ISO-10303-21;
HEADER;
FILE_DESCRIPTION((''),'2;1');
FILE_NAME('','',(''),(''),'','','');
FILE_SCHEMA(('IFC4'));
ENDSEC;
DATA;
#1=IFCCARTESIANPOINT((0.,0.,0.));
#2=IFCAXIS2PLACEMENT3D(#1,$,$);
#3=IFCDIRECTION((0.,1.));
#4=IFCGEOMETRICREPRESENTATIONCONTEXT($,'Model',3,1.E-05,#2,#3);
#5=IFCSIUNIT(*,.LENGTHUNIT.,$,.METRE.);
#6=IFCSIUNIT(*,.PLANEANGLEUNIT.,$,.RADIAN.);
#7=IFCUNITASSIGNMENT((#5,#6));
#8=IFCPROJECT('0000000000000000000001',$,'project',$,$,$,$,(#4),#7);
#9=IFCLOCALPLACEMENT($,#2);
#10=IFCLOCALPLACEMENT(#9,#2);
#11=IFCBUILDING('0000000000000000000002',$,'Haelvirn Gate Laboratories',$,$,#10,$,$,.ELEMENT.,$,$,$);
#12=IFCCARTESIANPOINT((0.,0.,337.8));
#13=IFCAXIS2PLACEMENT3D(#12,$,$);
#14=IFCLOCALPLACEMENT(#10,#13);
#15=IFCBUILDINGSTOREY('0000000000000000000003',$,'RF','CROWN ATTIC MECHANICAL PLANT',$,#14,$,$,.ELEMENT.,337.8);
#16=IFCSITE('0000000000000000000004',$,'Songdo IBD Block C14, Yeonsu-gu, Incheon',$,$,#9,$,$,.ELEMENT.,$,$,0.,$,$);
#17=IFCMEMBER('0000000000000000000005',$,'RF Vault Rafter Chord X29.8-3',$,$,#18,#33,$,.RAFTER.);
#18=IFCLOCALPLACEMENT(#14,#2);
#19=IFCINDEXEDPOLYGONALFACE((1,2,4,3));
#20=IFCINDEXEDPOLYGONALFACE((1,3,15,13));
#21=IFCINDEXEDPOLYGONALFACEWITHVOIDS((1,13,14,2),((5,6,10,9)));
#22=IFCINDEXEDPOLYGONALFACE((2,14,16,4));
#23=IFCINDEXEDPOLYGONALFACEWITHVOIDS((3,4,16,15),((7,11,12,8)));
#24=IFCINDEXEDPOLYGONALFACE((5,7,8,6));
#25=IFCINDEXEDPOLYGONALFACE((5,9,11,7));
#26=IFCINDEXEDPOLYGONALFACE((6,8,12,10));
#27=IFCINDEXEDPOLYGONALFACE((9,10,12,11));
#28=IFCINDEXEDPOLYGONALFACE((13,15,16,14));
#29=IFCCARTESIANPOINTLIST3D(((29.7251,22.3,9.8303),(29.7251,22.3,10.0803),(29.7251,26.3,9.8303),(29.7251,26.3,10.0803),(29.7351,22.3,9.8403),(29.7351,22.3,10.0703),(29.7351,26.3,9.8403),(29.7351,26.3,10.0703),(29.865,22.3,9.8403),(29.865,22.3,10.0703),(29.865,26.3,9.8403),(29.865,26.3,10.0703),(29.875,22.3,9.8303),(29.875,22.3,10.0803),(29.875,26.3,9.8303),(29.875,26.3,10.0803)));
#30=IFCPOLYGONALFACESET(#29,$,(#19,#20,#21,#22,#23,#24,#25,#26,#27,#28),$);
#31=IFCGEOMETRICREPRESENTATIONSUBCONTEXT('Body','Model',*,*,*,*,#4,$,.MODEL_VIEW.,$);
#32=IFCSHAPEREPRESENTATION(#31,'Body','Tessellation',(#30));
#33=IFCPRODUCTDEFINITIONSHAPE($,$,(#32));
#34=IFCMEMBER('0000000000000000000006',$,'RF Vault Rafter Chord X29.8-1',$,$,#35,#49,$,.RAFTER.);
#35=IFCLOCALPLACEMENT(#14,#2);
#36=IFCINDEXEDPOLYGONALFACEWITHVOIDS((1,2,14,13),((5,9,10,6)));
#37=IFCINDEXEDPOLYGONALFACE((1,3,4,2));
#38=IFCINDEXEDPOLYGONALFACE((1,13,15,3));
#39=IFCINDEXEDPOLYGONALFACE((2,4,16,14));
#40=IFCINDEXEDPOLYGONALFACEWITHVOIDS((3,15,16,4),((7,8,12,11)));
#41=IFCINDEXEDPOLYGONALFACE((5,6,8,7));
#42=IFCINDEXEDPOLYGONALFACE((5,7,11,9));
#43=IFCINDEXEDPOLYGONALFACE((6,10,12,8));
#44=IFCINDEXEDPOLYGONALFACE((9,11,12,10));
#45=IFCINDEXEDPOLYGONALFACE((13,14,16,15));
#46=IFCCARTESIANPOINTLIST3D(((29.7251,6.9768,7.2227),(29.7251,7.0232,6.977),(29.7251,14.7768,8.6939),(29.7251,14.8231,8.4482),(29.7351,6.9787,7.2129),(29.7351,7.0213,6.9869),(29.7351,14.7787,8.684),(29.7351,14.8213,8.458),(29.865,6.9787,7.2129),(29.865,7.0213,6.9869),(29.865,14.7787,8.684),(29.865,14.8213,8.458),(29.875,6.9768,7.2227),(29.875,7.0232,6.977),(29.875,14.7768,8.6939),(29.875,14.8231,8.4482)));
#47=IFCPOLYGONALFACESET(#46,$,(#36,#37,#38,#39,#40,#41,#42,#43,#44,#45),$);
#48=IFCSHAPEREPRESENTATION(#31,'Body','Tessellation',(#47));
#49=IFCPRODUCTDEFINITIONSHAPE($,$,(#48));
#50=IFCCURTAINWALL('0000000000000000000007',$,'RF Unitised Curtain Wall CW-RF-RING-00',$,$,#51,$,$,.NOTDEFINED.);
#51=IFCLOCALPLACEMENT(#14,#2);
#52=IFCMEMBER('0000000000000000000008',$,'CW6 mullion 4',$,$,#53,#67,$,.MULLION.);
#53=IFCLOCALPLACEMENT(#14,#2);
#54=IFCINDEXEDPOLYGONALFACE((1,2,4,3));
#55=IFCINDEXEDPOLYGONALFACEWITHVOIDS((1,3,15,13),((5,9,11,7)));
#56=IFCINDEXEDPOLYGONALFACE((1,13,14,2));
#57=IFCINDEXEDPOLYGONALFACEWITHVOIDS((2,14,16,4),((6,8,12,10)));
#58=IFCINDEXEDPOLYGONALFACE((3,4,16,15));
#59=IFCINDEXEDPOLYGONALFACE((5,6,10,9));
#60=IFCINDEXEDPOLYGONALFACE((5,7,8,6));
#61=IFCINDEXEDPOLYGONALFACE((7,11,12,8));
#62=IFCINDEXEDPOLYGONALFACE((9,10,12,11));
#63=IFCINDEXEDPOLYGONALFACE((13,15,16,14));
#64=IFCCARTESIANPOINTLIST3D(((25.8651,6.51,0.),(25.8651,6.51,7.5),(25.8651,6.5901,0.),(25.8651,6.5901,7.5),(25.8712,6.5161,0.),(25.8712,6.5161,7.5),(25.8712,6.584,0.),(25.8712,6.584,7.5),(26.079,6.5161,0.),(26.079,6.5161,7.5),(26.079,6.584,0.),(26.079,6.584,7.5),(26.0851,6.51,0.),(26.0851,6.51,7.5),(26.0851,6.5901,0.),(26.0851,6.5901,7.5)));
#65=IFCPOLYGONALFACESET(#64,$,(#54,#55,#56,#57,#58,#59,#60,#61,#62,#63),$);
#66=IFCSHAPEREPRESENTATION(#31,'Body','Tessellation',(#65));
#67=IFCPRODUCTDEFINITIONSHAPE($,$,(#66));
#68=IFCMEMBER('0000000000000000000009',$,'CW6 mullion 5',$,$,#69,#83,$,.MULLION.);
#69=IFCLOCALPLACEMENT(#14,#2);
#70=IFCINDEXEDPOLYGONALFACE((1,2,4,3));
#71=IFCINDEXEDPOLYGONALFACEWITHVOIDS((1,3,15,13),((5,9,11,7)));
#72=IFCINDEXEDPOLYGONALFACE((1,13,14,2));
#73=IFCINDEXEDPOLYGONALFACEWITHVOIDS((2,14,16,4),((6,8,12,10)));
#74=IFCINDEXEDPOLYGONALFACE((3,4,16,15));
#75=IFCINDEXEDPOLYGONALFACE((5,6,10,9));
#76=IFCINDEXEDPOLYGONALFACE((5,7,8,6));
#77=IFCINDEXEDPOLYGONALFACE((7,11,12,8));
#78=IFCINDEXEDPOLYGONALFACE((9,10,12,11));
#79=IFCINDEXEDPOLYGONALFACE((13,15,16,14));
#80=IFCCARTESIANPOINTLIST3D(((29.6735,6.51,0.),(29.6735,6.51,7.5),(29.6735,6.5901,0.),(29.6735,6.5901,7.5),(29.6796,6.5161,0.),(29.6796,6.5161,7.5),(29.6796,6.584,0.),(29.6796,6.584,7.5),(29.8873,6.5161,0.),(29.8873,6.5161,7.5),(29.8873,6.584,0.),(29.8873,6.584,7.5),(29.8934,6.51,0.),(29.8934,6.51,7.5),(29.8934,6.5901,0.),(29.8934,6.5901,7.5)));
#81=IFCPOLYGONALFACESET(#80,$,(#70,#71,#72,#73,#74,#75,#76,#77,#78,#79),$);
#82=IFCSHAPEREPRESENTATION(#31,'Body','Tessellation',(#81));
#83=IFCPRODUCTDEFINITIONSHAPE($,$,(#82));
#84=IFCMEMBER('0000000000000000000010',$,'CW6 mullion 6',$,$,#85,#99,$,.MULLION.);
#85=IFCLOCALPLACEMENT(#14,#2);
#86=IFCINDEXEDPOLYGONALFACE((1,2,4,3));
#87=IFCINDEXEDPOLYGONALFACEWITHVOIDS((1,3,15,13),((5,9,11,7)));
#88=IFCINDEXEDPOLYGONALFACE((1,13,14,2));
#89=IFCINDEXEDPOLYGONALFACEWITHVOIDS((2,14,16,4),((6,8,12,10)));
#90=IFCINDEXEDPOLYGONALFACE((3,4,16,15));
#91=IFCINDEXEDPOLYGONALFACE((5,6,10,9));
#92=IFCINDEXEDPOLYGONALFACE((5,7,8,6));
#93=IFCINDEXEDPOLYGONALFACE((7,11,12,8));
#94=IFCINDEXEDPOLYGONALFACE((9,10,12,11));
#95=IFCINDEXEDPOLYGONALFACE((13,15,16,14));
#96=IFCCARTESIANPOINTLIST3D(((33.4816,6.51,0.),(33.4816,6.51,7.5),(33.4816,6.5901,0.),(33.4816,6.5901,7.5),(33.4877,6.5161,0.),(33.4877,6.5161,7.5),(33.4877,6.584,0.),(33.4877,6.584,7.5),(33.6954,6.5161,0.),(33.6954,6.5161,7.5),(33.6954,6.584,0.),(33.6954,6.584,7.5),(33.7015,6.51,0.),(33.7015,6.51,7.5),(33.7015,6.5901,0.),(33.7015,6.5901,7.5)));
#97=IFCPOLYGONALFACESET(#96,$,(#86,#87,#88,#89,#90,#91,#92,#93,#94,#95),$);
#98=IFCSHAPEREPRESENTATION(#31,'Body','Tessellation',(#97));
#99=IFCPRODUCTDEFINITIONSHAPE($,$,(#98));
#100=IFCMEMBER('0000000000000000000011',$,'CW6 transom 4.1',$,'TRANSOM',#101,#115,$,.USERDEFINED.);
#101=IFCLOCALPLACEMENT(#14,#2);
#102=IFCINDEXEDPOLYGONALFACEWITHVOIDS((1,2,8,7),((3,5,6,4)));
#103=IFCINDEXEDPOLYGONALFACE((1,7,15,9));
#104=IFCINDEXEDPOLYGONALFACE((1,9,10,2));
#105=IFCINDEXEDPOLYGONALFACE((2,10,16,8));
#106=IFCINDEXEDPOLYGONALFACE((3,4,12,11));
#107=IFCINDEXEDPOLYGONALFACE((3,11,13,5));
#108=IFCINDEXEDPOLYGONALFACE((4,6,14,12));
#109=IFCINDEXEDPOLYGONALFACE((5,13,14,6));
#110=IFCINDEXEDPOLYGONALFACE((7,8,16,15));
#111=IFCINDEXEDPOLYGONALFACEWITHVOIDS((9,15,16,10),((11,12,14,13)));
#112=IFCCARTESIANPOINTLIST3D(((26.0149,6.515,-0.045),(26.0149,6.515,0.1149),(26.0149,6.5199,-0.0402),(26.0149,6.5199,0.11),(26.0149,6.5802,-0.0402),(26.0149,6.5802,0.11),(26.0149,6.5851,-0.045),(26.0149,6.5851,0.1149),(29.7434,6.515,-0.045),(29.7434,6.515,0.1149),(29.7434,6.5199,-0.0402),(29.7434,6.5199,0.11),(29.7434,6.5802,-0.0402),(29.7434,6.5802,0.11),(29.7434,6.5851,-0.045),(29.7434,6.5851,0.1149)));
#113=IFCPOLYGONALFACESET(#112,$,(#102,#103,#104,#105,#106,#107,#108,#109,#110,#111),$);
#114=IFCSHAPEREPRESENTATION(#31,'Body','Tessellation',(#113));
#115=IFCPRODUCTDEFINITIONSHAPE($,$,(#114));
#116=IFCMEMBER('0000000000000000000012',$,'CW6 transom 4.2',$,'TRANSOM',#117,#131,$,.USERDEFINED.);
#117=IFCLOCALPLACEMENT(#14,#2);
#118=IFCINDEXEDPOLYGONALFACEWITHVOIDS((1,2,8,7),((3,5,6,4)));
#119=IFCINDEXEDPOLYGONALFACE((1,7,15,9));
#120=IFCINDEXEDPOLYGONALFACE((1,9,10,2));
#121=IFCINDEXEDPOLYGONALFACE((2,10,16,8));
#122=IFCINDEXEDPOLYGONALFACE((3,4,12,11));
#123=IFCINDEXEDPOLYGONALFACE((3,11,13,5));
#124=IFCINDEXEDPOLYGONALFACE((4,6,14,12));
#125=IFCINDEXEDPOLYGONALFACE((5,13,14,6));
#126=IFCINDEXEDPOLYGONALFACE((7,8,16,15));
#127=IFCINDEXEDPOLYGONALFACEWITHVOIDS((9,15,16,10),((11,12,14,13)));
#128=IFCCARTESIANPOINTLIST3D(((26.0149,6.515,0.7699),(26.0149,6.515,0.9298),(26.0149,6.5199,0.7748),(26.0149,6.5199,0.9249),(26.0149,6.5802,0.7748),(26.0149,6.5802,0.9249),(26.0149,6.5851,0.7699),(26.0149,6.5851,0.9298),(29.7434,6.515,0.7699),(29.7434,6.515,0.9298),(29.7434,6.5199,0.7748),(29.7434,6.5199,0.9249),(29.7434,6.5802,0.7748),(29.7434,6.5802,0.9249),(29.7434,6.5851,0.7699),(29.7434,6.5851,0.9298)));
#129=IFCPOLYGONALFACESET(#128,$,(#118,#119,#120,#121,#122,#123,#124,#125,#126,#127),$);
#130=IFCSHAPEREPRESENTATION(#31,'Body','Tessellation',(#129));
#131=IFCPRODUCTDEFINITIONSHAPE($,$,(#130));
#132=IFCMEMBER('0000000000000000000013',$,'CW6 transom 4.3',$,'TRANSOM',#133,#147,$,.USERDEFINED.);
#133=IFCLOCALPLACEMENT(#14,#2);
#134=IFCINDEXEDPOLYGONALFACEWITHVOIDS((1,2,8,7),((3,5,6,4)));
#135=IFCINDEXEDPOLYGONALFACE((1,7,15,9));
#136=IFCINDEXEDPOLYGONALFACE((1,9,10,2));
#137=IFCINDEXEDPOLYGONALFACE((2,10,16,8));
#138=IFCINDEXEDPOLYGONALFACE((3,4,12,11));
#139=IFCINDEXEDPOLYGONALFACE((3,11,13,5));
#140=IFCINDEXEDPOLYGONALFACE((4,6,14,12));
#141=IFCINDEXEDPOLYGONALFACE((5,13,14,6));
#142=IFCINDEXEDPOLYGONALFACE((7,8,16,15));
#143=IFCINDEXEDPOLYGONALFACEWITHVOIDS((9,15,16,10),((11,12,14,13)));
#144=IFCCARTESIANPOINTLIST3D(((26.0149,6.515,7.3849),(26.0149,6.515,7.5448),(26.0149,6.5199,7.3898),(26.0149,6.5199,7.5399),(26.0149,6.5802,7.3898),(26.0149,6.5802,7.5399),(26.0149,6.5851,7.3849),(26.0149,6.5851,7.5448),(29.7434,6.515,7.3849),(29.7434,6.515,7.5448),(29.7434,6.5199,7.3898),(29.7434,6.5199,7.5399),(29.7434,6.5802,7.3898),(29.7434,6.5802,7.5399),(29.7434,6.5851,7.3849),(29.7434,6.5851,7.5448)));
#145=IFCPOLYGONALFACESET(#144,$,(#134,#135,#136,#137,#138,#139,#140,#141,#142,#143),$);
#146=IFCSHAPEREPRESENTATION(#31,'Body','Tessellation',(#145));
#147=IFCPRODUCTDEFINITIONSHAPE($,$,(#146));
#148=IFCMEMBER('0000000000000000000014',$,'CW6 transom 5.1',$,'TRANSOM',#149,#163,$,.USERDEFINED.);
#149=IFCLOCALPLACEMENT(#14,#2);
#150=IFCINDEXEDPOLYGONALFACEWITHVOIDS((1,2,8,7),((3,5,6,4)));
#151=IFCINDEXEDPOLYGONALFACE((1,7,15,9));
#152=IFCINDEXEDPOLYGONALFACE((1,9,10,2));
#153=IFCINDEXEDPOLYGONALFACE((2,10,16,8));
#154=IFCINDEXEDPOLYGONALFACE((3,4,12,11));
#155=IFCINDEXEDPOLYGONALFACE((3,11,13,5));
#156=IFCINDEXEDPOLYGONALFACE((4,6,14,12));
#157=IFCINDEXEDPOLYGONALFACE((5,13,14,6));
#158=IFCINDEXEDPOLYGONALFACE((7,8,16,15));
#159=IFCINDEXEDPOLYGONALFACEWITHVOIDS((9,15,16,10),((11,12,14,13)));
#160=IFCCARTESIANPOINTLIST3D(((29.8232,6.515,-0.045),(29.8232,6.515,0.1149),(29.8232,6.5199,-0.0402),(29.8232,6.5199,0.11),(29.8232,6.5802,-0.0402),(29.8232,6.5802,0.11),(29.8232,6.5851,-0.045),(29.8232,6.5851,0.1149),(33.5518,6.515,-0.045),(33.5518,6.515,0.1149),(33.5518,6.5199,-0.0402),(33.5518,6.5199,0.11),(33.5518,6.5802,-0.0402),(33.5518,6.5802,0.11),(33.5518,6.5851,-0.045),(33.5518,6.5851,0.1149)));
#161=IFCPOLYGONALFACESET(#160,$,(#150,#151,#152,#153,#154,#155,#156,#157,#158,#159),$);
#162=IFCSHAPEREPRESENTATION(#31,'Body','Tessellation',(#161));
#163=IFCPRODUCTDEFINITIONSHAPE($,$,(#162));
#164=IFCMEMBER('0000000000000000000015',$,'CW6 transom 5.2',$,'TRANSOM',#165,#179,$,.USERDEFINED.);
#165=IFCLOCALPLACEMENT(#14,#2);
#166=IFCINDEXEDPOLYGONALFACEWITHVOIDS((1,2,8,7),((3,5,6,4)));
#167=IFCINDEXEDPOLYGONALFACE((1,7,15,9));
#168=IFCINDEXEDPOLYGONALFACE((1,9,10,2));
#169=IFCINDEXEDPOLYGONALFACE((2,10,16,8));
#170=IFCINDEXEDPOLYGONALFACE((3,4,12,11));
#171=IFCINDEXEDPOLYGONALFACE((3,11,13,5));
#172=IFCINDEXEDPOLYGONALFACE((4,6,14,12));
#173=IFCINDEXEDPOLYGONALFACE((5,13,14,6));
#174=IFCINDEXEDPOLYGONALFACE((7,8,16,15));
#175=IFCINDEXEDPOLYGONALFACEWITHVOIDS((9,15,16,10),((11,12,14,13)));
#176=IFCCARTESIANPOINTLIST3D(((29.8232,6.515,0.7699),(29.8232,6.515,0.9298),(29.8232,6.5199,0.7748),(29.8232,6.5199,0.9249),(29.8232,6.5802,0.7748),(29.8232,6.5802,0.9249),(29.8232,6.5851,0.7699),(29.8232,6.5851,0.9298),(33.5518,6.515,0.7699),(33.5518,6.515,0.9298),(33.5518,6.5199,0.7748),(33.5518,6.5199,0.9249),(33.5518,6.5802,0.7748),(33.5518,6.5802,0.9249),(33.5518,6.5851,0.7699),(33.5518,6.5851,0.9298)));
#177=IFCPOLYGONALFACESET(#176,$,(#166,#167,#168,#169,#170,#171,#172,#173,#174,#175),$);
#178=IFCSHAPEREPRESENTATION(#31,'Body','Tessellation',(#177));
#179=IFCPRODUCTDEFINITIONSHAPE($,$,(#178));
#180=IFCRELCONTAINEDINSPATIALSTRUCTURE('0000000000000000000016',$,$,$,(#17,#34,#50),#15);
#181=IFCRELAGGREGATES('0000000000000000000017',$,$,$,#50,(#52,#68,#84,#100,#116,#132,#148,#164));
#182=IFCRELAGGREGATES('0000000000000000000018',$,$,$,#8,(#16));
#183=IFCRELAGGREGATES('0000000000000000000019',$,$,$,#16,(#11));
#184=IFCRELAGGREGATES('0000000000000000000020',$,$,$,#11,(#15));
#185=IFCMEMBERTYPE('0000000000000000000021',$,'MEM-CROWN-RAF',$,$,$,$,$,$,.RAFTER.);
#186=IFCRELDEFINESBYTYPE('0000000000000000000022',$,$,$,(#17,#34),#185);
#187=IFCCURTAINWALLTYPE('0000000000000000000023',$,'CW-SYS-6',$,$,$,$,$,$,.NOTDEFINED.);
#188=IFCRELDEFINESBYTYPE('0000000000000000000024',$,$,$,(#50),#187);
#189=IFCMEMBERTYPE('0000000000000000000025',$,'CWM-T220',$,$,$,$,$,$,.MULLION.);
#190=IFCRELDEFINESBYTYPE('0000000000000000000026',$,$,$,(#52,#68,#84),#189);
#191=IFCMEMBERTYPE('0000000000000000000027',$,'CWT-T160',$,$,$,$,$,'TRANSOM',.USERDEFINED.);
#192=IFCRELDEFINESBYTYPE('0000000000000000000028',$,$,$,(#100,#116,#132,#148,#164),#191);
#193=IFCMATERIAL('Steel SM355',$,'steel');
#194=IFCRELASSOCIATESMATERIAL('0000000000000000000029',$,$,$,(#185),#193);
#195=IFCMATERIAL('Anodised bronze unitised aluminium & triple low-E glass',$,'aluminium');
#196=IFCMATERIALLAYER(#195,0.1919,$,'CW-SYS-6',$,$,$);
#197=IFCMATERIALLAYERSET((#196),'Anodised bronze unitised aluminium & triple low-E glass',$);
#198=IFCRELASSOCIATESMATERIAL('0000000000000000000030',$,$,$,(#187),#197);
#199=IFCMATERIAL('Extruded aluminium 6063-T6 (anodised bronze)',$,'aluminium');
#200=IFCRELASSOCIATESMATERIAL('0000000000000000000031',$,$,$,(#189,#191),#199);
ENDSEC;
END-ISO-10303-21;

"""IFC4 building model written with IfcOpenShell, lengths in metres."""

from ifc_helpers import new_model, si_unit, direction, frame, origin, origin_2d, place, context, subcontext, project, spatial, hollow_rectangle, extrude, source, transform, mapped, material, layer, layer_set, material_profile, profile_set, type_object, type_shapes, element, aggregate, save


model = new_model("IFC4")

# Units and contexts
model_context = context("Model", 3, precision=1e-05, world=origin(), true_north=direction((0.0, 1.0)))
body_context = subcontext(model_context, "Body", "Model", "MODEL_VIEW")
ifc_project = project(units=[si_unit("LENGTHUNIT", "METRE"), si_unit("PLANEANGLEUNIT", "RADIAN")], contexts=[model_context])

# Site, building, storey
site_placement = place(None, origin())
site = spatial("IfcSite", under=ifc_project, at=site_placement, Name="Songdo IBD Block C14, Yeonsu-gu, Incheon", CompositionType="ELEMENT", RefElevation=0.0)
building_placement = place(site_placement, origin())
building = spatial("IfcBuilding", under=site, at=building_placement, Name="Haelvirn Gate Laboratories", CompositionType="ELEMENT")
storey_placement = place(building_placement, frame((0.0, 0.0, 337.8)))
storey = spatial("IfcBuildingStorey", under=building, at=storey_placement, Name="RF", Description="CROWN ATTIC MECHANICAL PLANT", CompositionType="ELEMENT", Elevation=337.8)

# Shared definitions
ifc_material_1 = material(Name="Steel SM355", Category="steel")

# Members
ifc_material_profile_1 = material_profile(ifc_material_1, hollow_rectangle(XDim=0.1499, YDim=0.25, WallThickness=0.01, at=origin_2d()), Name="RHS-250x150x10")
ifc_profile_set_1 = profile_set([ifc_material_profile_1], Name="Steel SM355")
member_type_1 = type_object("IfcMemberType", Name="MEM-CROWN-RAF", PredefinedType="RAFTER", material=ifc_profile_set_1)
shared_shape_1 = source(origin(), body_context, "Body", "SweptSolid", [
    extrude(hollow_rectangle(XDim=0.1499, YDim=0.25, WallThickness=0.01, at=origin_2d()), origin(), (0.0, 0.0, 1.0), 4.0),
])
member_1_placement = place(storey_placement, frame((29.8, 22.3, 9.9553), z_axis=(0.0, 1.0, 0.0), x_axis=(-1.0, 0.0, 0.0)))
element("IfcMember", 1, at=member_1_placement, inside=storey, type_object=member_type_1, Name="RF Vault Rafter Chord X29.8-3", PredefinedType="RAFTER", context=body_context, shape_type="MappedRepresentation", body=[
    mapped(shared_shape_1, transform((0.0, 0.0, 0.0), scale=1.0)),
])
shared_shape_2 = source(origin(), body_context, "Body", "SweptSolid", [
    extrude(hollow_rectangle(XDim=0.1499, YDim=0.25, WallThickness=0.01, at=origin_2d()), origin(), (0.0, 0.0, 1.0), 7.9375),
])
member_2_placement = place(storey_placement, frame((29.8, 7.0, 7.0999), z_axis=(0.0, 0.982673, 0.185345), x_axis=(-1.0, 0.0, 0.0)))
element("IfcMember", 2, at=member_2_placement, inside=storey, type_object=member_type_1, Name="RF Vault Rafter Chord X29.8-1", PredefinedType="RAFTER", context=body_context, shape_type="MappedRepresentation", body=[
    mapped(shared_shape_2, transform((0.0, 0.0, 0.0), scale=1.0)),
])

# Curtain wall, members
ifc_material_2 = material(Name="Anodised bronze unitised aluminium & triple low-E glass", Category="aluminium")
ifc_layer_1 = layer(ifc_material_2, 0.1919, Name="CW-SYS-6")
ifc_layer_set_1 = layer_set([ifc_layer_1], Name="Anodised bronze unitised aluminium & triple low-E glass")
curtain_wall_type = type_object("IfcCurtainWallType", Name="CW-SYS-6", PredefinedType="NOTDEFINED", material=ifc_layer_set_1)
curtain_wall_placement = place(storey_placement, origin())
curtain_wall = element("IfcCurtainWall", 3, at=curtain_wall_placement, inside=storey, type_object=curtain_wall_type, Name="RF Unitised Curtain Wall CW-RF-RING-00", PredefinedType="NOTDEFINED")
ifc_material_3 = material(Name="Extruded aluminium 6063-T6 (anodised bronze)", Category="aluminium")
ifc_material_profile_2 = material_profile(ifc_material_3, hollow_rectangle(XDim=0.0801, YDim=0.22, WallThickness=0.0061, at=origin_2d()), Name="CWM-220x80x6")
ifc_profile_set_2 = profile_set([ifc_material_profile_2], Name="Extruded aluminium 6063-T6 (anodised bronze)")
member_type_2 = type_object("IfcMemberType", Name="CWM-T220", PredefinedType="MULLION", material=ifc_profile_set_2)
shared_shape_3 = source(origin(), body_context, "Body", "SweptSolid", [
    extrude(hollow_rectangle(XDim=0.0801, YDim=0.22, WallThickness=0.0061, at=origin_2d()), origin(), (0.0, 0.0, 1.0), 7.5),
])
type_shapes(member_type_2, [shared_shape_3])
member_3_placement = place(storey_placement, frame((25.9751, 6.55, 0.0), z_axis=(0.0, 0.0, 1.0), x_axis=(0.0, 1.0, 0.0)))
member_3 = element("IfcMember", 4, at=member_3_placement, type_object=member_type_2, Name="CW6 mullion 4", PredefinedType="MULLION", context=body_context, shape_type="MappedRepresentation", body=[
    mapped(shared_shape_3, transform((0.0, 0.0, 0.0), scale=1.0)),
])
member_4_placement = place(storey_placement, frame((29.7834, 6.55, 0.0), z_axis=(0.0, 0.0, 1.0), x_axis=(0.0, 1.0, 0.0)))
member_4 = element("IfcMember", 5, at=member_4_placement, type_object=member_type_2, Name="CW6 mullion 5", PredefinedType="MULLION", context=body_context, shape_type="MappedRepresentation", body=[
    mapped(shared_shape_3, transform((0.0, 0.0, 0.0), scale=1.0)),
])
member_5_placement = place(storey_placement, frame((33.5916, 6.55, 0.0), z_axis=(0.0, 0.0, 1.0), x_axis=(0.0, 1.0, 0.0)))
member_5 = element("IfcMember", 6, at=member_5_placement, type_object=member_type_2, Name="CW6 mullion 6", PredefinedType="MULLION", context=body_context, shape_type="MappedRepresentation", body=[
    mapped(shared_shape_3, transform((0.0, 0.0, 0.0), scale=1.0)),
])
ifc_material_profile_3 = material_profile(ifc_material_3, hollow_rectangle(XDim=0.0701, YDim=0.1599, WallThickness=0.0049, at=origin_2d()), Name="CWT-160x70x5")
ifc_profile_set_3 = profile_set([ifc_material_profile_3], Name="Extruded aluminium 6063-T6 (anodised bronze)")
member_type_3 = type_object("IfcMemberType", Name="CWT-T160", ElementType="TRANSOM", PredefinedType="USERDEFINED", material=ifc_profile_set_3)
shared_shape_4 = source(origin(), body_context, "Body", "SweptSolid", [
    extrude(hollow_rectangle(XDim=0.0701, YDim=0.1599, WallThickness=0.0049, at=origin_2d()), origin(), (0.0, 0.0, 1.0), 3.7285),
])
type_shapes(member_type_3, [shared_shape_4])
member_6_placement = place(storey_placement, frame((26.0149, 6.55, 0.0349), z_axis=(1.0, 0.0, 0.0), x_axis=(0.0, 1.0, 0.0)))
member_6 = element("IfcMember", 7, at=member_6_placement, type_object=member_type_3, Name="CW6 transom 4.1", ObjectType="TRANSOM", PredefinedType="USERDEFINED", context=body_context, shape_type="MappedRepresentation", body=[
    mapped(shared_shape_4, transform((0.0, 0.0, 0.0), scale=1.0)),
])
member_7_placement = place(storey_placement, frame((26.0149, 6.55, 0.8499), z_axis=(1.0, 0.0, 0.0), x_axis=(0.0, 1.0, 0.0)))
member_7 = element("IfcMember", 8, at=member_7_placement, type_object=member_type_3, Name="CW6 transom 4.2", ObjectType="TRANSOM", PredefinedType="USERDEFINED", context=body_context, shape_type="MappedRepresentation", body=[
    mapped(shared_shape_4, transform((0.0, 0.0, 0.0), scale=1.0)),
])
member_8_placement = place(storey_placement, frame((26.0149, 6.55, 7.4648), z_axis=(1.0, 0.0, 0.0), x_axis=(0.0, 1.0, 0.0)))
member_8 = element("IfcMember", 9, at=member_8_placement, type_object=member_type_3, Name="CW6 transom 4.3", ObjectType="TRANSOM", PredefinedType="USERDEFINED", context=body_context, shape_type="MappedRepresentation", body=[
    mapped(shared_shape_4, transform((0.0, 0.0, 0.0), scale=1.0)),
])
member_9_placement = place(storey_placement, frame((29.8232, 6.55, 0.0349), z_axis=(1.0, 0.0, 0.0), x_axis=(0.0, 1.0, 0.0)))
member_9 = element("IfcMember", 10, at=member_9_placement, type_object=member_type_3, Name="CW6 transom 5.1", ObjectType="TRANSOM", PredefinedType="USERDEFINED", context=body_context, shape_type="MappedRepresentation", body=[
    mapped(shared_shape_4, transform((0.0, 0.0, 0.0), scale=1.0)),
])
member_10_placement = place(storey_placement, frame((29.8232, 6.55, 0.8499), z_axis=(1.0, 0.0, 0.0), x_axis=(0.0, 1.0, 0.0)))
member_10 = element("IfcMember", 11, at=member_10_placement, type_object=member_type_3, Name="CW6 transom 5.2", ObjectType="TRANSOM", PredefinedType="USERDEFINED", context=body_context, shape_type="MappedRepresentation", body=[
    mapped(shared_shape_4, transform((0.0, 0.0, 0.0), scale=1.0)),
])

aggregate(curtain_wall, [member_3, member_4, member_5, member_6, member_7, member_8, member_9, member_10])

save(model, "model.ifc")
